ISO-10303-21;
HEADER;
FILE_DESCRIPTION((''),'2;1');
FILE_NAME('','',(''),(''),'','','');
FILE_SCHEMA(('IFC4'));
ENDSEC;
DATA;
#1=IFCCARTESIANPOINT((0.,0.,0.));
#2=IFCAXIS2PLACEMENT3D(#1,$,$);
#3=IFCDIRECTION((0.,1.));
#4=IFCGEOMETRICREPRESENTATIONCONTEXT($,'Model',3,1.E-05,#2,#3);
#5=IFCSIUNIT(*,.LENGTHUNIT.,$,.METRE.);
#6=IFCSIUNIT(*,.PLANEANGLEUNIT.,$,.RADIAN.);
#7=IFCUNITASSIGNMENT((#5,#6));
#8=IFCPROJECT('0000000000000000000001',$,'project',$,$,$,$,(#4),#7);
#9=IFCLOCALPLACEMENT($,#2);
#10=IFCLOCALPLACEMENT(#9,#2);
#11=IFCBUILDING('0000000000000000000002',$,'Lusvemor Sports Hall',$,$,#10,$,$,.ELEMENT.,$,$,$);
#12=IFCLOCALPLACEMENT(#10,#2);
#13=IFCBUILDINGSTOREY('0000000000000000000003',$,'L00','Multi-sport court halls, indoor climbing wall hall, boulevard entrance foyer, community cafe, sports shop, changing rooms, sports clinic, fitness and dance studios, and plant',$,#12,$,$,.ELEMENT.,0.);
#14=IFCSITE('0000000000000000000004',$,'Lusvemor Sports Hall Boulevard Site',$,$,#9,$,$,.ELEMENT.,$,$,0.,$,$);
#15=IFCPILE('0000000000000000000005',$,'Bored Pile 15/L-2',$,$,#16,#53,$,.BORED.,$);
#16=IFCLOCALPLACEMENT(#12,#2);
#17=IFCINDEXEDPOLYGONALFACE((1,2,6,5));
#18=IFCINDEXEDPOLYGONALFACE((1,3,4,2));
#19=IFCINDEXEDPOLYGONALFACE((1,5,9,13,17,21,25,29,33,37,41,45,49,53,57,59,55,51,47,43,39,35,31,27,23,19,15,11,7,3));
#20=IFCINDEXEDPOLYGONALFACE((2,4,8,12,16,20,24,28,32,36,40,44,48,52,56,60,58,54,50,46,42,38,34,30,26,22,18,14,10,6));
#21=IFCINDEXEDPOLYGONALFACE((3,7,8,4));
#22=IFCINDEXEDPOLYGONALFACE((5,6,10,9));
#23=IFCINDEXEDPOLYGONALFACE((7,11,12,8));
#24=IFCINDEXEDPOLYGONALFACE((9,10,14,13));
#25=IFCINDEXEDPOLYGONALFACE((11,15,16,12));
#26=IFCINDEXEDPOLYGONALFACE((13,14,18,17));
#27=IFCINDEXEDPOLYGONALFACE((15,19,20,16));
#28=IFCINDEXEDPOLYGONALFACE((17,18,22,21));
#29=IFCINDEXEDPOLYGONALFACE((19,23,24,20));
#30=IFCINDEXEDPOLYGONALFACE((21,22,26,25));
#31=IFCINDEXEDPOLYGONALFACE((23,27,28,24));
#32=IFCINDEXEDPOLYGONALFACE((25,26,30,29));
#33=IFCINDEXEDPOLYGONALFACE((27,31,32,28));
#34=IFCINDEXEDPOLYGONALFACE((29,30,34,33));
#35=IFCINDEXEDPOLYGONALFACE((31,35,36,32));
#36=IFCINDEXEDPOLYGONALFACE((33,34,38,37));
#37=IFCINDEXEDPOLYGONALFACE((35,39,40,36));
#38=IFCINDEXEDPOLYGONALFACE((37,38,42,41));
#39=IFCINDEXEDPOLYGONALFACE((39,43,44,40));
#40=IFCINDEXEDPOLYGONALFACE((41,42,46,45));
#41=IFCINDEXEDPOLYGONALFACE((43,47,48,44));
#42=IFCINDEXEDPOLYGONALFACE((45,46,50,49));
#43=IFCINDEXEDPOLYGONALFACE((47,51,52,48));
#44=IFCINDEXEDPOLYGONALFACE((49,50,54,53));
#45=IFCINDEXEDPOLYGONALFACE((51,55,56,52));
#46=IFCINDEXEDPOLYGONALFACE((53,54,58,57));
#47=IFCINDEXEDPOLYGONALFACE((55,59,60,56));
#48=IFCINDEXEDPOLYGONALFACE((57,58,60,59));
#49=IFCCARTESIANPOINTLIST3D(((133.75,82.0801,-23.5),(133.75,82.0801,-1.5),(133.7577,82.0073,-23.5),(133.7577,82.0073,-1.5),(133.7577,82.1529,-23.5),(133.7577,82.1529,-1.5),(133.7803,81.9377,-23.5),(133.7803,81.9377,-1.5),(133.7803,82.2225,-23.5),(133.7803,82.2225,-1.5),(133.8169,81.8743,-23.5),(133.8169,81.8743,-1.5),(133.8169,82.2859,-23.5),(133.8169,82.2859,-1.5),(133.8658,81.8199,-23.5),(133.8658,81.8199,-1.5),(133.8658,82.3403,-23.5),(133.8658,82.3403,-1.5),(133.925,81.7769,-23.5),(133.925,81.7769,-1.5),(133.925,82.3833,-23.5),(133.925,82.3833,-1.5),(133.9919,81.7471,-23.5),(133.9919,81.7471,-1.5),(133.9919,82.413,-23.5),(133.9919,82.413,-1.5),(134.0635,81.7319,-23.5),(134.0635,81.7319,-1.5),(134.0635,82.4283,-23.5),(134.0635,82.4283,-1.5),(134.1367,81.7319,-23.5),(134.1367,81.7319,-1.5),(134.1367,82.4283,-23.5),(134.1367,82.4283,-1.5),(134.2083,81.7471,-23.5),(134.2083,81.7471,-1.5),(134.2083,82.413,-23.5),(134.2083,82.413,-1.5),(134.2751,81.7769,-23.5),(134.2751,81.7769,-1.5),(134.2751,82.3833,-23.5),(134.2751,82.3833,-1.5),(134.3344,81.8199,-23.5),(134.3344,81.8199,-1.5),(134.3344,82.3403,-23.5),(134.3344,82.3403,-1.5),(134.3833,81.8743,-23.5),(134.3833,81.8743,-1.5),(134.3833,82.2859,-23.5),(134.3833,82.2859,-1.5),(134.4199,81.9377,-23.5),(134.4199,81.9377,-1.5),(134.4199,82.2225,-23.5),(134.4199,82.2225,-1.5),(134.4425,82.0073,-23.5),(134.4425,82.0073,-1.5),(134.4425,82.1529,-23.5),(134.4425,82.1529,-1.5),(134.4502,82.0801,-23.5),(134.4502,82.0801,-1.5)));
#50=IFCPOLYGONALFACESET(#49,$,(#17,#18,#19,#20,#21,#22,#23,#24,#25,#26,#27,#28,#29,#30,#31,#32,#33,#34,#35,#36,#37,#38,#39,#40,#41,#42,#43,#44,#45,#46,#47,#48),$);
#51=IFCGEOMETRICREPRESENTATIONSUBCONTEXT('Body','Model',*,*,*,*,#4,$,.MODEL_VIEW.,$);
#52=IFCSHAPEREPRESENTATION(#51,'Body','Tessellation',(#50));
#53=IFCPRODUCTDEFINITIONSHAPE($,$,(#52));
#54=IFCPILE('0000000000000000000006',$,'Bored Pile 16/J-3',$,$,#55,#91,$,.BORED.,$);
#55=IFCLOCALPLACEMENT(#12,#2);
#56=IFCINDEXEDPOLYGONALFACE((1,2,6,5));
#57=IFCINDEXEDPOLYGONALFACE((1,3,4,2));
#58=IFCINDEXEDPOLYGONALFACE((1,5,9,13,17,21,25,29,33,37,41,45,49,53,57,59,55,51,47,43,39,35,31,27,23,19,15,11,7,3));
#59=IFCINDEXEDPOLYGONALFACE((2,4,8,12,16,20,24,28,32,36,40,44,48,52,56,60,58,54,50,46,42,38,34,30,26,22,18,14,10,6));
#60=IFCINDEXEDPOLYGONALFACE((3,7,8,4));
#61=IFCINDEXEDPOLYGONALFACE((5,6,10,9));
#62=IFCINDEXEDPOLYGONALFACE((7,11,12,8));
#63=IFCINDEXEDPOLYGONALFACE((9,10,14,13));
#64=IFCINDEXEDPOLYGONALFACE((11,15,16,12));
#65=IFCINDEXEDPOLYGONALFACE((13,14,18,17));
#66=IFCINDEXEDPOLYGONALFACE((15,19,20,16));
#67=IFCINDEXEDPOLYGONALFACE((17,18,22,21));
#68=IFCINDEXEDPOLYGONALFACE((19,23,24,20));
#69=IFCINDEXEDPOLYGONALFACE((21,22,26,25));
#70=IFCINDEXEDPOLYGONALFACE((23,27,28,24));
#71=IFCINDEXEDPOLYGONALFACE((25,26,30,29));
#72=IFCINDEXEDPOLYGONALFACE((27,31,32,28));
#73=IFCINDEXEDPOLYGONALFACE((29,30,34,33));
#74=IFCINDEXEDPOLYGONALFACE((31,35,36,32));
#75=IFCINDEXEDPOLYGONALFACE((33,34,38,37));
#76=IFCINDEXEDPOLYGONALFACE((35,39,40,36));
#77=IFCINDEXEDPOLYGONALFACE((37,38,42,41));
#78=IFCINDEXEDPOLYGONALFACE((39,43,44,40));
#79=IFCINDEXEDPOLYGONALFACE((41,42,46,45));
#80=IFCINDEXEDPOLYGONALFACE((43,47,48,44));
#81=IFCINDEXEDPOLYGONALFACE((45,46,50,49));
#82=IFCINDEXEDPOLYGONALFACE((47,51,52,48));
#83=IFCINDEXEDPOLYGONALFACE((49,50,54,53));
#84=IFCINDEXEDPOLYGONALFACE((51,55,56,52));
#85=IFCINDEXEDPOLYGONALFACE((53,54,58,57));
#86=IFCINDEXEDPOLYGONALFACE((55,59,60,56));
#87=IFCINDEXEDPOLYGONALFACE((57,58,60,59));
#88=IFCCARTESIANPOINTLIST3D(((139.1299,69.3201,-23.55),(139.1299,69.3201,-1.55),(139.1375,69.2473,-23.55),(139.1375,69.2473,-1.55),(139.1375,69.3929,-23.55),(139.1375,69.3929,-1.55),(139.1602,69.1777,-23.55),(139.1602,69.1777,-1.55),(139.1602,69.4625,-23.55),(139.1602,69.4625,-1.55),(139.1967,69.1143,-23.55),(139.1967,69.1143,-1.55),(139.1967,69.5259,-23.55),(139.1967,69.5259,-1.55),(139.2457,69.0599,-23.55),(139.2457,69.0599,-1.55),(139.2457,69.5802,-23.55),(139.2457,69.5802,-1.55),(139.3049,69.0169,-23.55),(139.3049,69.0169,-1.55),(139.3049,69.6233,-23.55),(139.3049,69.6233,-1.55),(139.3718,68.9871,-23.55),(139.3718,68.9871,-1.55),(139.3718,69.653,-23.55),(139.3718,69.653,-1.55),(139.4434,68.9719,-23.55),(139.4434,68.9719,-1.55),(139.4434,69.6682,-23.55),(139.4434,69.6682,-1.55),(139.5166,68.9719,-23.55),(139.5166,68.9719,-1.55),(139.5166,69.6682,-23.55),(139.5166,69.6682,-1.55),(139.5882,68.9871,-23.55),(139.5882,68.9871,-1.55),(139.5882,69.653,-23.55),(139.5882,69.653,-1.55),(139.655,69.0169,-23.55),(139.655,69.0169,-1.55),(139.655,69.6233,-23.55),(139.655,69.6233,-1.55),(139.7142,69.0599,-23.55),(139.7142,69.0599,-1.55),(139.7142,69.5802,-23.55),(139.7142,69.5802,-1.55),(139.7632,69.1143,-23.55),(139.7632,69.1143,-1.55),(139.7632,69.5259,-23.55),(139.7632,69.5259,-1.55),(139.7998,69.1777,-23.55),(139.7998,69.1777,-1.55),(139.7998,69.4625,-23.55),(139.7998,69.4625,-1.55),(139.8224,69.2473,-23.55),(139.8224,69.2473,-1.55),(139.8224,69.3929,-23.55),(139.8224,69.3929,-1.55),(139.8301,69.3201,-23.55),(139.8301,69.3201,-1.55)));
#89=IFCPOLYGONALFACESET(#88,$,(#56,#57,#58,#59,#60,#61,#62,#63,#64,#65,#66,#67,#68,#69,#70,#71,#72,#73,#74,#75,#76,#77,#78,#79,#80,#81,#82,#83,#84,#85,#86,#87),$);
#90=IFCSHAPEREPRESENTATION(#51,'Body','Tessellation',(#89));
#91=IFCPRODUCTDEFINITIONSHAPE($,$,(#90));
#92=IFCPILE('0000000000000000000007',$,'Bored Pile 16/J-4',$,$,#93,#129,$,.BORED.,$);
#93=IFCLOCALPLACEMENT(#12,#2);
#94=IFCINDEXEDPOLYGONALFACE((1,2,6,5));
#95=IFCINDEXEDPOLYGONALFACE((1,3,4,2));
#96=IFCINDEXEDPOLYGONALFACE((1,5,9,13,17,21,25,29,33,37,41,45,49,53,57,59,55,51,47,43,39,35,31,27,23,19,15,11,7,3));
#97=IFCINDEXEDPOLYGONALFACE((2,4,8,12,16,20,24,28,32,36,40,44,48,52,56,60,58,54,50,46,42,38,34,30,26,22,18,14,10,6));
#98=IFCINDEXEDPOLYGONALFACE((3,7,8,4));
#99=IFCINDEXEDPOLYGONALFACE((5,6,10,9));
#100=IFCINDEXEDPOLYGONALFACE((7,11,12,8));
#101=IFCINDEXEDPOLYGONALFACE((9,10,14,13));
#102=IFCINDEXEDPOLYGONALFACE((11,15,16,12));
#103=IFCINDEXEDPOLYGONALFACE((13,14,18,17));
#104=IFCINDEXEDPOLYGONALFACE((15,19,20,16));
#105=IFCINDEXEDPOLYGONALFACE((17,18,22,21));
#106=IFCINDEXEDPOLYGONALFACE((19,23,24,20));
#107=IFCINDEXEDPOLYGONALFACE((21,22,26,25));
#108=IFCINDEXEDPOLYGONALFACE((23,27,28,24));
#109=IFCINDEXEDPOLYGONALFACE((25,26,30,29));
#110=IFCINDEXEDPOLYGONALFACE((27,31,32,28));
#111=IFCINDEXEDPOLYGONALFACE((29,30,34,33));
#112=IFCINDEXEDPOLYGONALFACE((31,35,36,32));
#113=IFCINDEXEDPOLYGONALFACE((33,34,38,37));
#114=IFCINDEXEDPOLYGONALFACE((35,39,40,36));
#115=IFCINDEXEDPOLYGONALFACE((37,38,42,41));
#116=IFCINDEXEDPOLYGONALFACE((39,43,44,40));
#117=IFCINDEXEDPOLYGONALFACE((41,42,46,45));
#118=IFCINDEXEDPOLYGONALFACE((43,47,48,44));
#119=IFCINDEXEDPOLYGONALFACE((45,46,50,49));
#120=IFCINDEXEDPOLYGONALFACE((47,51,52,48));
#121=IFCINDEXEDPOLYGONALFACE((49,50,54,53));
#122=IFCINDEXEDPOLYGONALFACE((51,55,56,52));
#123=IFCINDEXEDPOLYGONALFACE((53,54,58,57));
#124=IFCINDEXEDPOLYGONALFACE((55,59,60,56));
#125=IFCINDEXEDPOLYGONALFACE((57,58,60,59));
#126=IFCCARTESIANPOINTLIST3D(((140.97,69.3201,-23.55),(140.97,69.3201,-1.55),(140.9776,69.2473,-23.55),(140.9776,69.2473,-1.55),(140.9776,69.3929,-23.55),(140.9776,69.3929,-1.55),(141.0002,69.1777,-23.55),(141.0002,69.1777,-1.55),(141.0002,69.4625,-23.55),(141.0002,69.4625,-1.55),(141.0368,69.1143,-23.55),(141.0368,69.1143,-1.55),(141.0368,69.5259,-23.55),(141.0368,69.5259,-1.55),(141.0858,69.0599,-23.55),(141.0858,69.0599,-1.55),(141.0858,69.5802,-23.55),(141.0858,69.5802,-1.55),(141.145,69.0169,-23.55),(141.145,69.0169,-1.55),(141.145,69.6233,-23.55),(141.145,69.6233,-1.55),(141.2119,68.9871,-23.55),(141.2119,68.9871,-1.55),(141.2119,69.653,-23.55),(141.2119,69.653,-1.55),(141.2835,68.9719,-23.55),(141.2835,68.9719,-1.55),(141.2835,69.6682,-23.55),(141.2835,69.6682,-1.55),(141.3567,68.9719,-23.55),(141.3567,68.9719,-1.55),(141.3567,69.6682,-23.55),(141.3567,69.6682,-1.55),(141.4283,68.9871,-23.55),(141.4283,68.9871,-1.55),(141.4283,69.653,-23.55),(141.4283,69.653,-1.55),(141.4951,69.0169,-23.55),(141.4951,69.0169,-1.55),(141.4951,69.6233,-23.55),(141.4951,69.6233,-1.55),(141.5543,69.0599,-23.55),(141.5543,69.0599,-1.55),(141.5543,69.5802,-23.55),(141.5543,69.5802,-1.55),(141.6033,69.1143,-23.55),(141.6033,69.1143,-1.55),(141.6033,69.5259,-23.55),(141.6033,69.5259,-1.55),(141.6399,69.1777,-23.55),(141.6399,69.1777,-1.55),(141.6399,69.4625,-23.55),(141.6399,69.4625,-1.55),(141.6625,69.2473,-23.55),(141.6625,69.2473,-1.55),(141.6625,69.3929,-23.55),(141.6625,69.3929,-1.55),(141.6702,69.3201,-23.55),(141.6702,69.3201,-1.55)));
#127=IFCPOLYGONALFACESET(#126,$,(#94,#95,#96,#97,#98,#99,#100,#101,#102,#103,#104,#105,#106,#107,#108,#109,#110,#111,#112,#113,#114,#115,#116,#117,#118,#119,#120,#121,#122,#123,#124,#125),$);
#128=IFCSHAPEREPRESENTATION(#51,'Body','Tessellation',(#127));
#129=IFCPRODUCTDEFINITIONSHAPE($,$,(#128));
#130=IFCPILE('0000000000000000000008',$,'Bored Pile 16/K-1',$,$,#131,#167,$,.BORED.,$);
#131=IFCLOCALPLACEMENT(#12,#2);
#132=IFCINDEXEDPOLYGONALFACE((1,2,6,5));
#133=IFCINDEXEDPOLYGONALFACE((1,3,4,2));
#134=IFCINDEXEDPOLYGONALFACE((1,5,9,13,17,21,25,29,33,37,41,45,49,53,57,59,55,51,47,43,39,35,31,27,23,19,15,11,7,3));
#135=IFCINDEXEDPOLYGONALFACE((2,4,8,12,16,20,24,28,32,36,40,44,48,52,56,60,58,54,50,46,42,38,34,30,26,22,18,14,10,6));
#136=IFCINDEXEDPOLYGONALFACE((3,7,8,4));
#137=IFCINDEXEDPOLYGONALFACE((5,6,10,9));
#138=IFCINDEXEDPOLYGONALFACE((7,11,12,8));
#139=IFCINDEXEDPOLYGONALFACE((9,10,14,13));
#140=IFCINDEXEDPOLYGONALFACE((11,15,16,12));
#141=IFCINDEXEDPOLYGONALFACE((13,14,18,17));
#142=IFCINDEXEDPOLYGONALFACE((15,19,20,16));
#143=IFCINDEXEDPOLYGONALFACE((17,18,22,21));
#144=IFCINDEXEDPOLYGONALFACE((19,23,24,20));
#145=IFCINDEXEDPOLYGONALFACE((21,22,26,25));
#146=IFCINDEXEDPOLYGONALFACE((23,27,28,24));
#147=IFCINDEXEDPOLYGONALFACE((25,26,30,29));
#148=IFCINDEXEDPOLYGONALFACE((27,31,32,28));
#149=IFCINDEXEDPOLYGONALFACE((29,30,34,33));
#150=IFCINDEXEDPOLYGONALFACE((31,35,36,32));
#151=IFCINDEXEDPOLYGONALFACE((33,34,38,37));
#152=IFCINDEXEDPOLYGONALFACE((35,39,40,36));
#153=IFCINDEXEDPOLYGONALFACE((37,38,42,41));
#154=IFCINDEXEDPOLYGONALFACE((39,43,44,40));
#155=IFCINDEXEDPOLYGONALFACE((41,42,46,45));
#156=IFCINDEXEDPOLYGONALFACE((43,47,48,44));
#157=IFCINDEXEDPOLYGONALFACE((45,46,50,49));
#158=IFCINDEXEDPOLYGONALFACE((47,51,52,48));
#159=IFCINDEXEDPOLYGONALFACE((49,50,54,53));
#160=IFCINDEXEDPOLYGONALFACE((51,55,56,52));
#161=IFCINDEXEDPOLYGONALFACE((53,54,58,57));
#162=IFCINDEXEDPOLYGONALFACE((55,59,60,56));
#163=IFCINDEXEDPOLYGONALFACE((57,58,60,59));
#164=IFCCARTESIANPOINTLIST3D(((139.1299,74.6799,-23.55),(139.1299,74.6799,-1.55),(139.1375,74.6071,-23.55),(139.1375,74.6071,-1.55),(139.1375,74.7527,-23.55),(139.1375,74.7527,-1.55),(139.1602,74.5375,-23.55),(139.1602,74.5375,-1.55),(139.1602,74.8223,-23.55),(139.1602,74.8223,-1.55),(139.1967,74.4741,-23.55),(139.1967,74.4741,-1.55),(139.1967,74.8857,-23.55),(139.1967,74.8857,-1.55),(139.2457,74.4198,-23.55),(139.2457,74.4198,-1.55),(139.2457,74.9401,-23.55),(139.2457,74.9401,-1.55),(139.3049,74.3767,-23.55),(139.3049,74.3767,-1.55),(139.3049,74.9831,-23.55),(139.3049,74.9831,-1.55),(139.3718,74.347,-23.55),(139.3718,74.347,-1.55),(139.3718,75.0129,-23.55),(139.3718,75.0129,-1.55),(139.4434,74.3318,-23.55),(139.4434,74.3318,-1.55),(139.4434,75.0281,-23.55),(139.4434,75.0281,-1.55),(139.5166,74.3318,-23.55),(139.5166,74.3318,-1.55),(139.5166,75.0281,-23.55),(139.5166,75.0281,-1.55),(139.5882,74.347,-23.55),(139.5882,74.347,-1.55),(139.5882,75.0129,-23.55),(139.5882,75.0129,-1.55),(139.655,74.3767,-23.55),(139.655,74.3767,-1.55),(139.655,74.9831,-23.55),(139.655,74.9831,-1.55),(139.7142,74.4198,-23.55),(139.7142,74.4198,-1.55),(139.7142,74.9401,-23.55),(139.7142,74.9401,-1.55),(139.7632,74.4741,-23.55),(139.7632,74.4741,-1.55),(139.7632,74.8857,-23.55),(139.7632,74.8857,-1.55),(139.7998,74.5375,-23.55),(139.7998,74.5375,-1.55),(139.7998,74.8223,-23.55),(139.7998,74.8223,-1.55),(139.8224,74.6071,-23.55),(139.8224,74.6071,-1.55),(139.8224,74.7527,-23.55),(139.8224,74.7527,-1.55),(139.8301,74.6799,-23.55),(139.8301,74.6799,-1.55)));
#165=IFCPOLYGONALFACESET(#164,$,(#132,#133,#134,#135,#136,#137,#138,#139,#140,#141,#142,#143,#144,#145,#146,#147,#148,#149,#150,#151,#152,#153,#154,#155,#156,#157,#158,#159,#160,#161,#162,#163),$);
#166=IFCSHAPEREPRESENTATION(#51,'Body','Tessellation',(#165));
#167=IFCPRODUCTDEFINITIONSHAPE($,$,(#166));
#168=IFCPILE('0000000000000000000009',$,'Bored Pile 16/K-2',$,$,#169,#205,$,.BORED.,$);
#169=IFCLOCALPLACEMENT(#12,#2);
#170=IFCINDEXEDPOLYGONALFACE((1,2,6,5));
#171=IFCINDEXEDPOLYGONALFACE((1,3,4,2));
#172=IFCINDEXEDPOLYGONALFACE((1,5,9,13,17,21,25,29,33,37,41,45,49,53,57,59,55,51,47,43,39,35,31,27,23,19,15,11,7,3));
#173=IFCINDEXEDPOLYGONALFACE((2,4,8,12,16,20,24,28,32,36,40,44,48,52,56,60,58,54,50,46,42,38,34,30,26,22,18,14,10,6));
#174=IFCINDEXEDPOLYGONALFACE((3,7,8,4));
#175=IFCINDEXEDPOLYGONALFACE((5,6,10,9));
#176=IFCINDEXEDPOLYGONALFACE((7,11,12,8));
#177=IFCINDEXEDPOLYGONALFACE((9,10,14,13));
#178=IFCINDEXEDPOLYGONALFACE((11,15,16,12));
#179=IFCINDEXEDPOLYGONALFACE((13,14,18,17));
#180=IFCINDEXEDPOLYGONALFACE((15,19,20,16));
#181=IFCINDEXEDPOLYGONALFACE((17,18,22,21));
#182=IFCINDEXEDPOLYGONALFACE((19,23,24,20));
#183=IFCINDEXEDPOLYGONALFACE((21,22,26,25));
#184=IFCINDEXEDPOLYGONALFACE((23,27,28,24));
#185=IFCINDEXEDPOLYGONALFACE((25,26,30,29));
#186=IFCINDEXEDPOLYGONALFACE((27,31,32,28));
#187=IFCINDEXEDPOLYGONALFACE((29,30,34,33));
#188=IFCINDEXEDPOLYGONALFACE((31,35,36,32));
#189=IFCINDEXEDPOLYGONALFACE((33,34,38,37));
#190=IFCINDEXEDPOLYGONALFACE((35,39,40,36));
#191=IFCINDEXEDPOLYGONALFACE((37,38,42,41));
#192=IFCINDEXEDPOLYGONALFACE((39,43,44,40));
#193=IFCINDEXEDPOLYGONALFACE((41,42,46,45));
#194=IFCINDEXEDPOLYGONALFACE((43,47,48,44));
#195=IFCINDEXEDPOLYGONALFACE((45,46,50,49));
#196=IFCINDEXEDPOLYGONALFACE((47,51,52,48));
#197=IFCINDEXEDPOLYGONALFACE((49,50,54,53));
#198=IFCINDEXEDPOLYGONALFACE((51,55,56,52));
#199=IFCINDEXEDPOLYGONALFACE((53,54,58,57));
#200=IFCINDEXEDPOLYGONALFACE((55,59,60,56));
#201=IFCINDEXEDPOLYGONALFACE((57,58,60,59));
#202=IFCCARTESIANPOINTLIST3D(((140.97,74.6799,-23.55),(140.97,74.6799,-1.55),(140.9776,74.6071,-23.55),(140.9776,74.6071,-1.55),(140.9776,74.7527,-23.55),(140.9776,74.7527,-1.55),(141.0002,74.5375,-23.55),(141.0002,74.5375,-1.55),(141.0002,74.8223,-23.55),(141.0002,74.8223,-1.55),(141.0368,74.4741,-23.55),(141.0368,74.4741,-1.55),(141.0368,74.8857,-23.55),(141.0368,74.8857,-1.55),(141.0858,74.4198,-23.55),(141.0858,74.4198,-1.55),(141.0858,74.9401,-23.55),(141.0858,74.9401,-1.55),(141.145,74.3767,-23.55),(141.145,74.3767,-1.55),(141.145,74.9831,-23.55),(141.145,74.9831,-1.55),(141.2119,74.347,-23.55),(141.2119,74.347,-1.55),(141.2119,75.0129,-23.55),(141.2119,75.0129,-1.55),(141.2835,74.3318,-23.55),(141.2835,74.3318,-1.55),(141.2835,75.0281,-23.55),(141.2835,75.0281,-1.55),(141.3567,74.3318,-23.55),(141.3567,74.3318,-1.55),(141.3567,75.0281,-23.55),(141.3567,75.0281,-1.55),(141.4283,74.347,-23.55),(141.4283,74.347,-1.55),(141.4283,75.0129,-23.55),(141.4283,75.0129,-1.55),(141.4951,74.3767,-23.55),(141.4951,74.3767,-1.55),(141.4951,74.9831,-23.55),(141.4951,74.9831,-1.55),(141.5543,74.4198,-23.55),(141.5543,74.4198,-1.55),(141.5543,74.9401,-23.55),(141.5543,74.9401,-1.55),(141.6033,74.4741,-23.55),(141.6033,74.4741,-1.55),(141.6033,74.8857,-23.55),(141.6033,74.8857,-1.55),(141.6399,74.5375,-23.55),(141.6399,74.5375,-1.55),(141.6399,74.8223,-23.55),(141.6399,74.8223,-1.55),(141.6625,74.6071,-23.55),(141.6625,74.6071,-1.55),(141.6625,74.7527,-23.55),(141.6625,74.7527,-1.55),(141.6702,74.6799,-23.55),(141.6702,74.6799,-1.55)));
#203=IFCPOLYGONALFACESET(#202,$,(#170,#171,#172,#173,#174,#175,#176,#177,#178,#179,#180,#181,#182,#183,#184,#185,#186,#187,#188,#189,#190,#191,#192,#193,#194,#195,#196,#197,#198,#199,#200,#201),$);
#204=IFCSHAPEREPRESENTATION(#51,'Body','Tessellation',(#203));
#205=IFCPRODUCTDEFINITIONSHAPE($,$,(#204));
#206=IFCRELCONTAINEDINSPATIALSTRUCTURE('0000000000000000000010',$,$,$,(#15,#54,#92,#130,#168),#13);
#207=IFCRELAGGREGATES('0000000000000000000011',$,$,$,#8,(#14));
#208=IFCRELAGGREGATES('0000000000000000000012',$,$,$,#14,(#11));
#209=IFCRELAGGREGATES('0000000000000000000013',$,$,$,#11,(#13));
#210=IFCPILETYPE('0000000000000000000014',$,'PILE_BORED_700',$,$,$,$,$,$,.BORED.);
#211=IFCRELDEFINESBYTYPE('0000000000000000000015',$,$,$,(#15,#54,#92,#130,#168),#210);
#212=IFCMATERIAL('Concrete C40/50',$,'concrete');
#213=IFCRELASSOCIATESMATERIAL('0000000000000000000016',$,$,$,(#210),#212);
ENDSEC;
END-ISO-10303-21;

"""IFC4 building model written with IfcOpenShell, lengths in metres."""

from ifc_helpers import new_model, si_unit, direction, frame, origin, origin_2d, place, context, subcontext, project, spatial, circle, extrude, material, material_profile, profile_set, type_object, element, save


model = new_model("IFC4")

# Units and contexts
model_context = context("Model", 3, precision=1e-05, world=origin(), true_north=direction((0.0, 1.0)))
body_context = subcontext(model_context, "Body", "Model", "MODEL_VIEW")
ifc_project = project(units=[si_unit("LENGTHUNIT", "METRE"), si_unit("PLANEANGLEUNIT", "RADIAN")], contexts=[model_context])

# Site, building, storey
site_placement = place(None, origin())
site = spatial("IfcSite", under=ifc_project, at=site_placement, Name="Lusvemor Sports Hall Boulevard Site", CompositionType="ELEMENT", RefElevation=0.0)
building_placement = place(site_placement, origin())
building = spatial("IfcBuilding", under=site, at=building_placement, Name="Lusvemor Sports Hall", CompositionType="ELEMENT")
storey_placement = place(building_placement, origin())
storey = spatial("IfcBuildingStorey", under=building, at=storey_placement, Name="L00", Description="Multi-sport court halls, indoor climbing wall hall, boulevard entrance foyer, community cafe, sports shop, changing rooms, sports clinic, fitness and dance studios, and plant", CompositionType="ELEMENT", Elevation=0.0)

# Piles
ifc_material_1 = material(Name="Concrete C40/50", Category="concrete")
ifc_material_profile_1 = material_profile(ifc_material_1, circle(Radius=0.3501, at=origin_2d()), Name="PILE700")
ifc_profile_set_1 = profile_set([ifc_material_profile_1], Name="Concrete C40/50")
pile_type = type_object("IfcPileType", Name="PILE_BORED_700", PredefinedType="BORED", material=ifc_profile_set_1)
for number, where, z_axis, x_axis, name in (
    (1, (134.1001, 82.0801, -1.5), (0.0, 0.0, -1.0), (1.0, 0.0, 0.0), "Bored Pile 15/L-2"),
    (2, (139.48, 69.3201, -1.55), (0.0, 0.0, -1.0), (1.0, 0.0, 0.0), "Bored Pile 16/J-3"),
    (3, (141.3201, 69.3201, -1.55), (0.0, 0.0, -1.0), (1.0, 0.0, 0.0), "Bored Pile 16/J-4"),
    (4, (139.48, 74.6799, -1.55), (0.0, 0.0, -1.0), (1.0, 0.0, 0.0), "Bored Pile 16/K-1"),
    (5, (141.3201, 74.6799, -1.55), (0.0, 0.0, -1.0), (1.0, 0.0, 0.0), "Bored Pile 16/K-2"),
):
    element("IfcPile", number, at=place(storey_placement, frame(where, z_axis=z_axis, x_axis=x_axis)), inside=storey, type_object=pile_type, Name=name, PredefinedType="BORED", context=body_context, shape_type="SweptSolid", body=[
        extrude(circle(Radius=0.3501, at=origin_2d()), origin(), (0.0, 0.0, 1.0), 22.0),
    ])

save(model, "model.ifc")
